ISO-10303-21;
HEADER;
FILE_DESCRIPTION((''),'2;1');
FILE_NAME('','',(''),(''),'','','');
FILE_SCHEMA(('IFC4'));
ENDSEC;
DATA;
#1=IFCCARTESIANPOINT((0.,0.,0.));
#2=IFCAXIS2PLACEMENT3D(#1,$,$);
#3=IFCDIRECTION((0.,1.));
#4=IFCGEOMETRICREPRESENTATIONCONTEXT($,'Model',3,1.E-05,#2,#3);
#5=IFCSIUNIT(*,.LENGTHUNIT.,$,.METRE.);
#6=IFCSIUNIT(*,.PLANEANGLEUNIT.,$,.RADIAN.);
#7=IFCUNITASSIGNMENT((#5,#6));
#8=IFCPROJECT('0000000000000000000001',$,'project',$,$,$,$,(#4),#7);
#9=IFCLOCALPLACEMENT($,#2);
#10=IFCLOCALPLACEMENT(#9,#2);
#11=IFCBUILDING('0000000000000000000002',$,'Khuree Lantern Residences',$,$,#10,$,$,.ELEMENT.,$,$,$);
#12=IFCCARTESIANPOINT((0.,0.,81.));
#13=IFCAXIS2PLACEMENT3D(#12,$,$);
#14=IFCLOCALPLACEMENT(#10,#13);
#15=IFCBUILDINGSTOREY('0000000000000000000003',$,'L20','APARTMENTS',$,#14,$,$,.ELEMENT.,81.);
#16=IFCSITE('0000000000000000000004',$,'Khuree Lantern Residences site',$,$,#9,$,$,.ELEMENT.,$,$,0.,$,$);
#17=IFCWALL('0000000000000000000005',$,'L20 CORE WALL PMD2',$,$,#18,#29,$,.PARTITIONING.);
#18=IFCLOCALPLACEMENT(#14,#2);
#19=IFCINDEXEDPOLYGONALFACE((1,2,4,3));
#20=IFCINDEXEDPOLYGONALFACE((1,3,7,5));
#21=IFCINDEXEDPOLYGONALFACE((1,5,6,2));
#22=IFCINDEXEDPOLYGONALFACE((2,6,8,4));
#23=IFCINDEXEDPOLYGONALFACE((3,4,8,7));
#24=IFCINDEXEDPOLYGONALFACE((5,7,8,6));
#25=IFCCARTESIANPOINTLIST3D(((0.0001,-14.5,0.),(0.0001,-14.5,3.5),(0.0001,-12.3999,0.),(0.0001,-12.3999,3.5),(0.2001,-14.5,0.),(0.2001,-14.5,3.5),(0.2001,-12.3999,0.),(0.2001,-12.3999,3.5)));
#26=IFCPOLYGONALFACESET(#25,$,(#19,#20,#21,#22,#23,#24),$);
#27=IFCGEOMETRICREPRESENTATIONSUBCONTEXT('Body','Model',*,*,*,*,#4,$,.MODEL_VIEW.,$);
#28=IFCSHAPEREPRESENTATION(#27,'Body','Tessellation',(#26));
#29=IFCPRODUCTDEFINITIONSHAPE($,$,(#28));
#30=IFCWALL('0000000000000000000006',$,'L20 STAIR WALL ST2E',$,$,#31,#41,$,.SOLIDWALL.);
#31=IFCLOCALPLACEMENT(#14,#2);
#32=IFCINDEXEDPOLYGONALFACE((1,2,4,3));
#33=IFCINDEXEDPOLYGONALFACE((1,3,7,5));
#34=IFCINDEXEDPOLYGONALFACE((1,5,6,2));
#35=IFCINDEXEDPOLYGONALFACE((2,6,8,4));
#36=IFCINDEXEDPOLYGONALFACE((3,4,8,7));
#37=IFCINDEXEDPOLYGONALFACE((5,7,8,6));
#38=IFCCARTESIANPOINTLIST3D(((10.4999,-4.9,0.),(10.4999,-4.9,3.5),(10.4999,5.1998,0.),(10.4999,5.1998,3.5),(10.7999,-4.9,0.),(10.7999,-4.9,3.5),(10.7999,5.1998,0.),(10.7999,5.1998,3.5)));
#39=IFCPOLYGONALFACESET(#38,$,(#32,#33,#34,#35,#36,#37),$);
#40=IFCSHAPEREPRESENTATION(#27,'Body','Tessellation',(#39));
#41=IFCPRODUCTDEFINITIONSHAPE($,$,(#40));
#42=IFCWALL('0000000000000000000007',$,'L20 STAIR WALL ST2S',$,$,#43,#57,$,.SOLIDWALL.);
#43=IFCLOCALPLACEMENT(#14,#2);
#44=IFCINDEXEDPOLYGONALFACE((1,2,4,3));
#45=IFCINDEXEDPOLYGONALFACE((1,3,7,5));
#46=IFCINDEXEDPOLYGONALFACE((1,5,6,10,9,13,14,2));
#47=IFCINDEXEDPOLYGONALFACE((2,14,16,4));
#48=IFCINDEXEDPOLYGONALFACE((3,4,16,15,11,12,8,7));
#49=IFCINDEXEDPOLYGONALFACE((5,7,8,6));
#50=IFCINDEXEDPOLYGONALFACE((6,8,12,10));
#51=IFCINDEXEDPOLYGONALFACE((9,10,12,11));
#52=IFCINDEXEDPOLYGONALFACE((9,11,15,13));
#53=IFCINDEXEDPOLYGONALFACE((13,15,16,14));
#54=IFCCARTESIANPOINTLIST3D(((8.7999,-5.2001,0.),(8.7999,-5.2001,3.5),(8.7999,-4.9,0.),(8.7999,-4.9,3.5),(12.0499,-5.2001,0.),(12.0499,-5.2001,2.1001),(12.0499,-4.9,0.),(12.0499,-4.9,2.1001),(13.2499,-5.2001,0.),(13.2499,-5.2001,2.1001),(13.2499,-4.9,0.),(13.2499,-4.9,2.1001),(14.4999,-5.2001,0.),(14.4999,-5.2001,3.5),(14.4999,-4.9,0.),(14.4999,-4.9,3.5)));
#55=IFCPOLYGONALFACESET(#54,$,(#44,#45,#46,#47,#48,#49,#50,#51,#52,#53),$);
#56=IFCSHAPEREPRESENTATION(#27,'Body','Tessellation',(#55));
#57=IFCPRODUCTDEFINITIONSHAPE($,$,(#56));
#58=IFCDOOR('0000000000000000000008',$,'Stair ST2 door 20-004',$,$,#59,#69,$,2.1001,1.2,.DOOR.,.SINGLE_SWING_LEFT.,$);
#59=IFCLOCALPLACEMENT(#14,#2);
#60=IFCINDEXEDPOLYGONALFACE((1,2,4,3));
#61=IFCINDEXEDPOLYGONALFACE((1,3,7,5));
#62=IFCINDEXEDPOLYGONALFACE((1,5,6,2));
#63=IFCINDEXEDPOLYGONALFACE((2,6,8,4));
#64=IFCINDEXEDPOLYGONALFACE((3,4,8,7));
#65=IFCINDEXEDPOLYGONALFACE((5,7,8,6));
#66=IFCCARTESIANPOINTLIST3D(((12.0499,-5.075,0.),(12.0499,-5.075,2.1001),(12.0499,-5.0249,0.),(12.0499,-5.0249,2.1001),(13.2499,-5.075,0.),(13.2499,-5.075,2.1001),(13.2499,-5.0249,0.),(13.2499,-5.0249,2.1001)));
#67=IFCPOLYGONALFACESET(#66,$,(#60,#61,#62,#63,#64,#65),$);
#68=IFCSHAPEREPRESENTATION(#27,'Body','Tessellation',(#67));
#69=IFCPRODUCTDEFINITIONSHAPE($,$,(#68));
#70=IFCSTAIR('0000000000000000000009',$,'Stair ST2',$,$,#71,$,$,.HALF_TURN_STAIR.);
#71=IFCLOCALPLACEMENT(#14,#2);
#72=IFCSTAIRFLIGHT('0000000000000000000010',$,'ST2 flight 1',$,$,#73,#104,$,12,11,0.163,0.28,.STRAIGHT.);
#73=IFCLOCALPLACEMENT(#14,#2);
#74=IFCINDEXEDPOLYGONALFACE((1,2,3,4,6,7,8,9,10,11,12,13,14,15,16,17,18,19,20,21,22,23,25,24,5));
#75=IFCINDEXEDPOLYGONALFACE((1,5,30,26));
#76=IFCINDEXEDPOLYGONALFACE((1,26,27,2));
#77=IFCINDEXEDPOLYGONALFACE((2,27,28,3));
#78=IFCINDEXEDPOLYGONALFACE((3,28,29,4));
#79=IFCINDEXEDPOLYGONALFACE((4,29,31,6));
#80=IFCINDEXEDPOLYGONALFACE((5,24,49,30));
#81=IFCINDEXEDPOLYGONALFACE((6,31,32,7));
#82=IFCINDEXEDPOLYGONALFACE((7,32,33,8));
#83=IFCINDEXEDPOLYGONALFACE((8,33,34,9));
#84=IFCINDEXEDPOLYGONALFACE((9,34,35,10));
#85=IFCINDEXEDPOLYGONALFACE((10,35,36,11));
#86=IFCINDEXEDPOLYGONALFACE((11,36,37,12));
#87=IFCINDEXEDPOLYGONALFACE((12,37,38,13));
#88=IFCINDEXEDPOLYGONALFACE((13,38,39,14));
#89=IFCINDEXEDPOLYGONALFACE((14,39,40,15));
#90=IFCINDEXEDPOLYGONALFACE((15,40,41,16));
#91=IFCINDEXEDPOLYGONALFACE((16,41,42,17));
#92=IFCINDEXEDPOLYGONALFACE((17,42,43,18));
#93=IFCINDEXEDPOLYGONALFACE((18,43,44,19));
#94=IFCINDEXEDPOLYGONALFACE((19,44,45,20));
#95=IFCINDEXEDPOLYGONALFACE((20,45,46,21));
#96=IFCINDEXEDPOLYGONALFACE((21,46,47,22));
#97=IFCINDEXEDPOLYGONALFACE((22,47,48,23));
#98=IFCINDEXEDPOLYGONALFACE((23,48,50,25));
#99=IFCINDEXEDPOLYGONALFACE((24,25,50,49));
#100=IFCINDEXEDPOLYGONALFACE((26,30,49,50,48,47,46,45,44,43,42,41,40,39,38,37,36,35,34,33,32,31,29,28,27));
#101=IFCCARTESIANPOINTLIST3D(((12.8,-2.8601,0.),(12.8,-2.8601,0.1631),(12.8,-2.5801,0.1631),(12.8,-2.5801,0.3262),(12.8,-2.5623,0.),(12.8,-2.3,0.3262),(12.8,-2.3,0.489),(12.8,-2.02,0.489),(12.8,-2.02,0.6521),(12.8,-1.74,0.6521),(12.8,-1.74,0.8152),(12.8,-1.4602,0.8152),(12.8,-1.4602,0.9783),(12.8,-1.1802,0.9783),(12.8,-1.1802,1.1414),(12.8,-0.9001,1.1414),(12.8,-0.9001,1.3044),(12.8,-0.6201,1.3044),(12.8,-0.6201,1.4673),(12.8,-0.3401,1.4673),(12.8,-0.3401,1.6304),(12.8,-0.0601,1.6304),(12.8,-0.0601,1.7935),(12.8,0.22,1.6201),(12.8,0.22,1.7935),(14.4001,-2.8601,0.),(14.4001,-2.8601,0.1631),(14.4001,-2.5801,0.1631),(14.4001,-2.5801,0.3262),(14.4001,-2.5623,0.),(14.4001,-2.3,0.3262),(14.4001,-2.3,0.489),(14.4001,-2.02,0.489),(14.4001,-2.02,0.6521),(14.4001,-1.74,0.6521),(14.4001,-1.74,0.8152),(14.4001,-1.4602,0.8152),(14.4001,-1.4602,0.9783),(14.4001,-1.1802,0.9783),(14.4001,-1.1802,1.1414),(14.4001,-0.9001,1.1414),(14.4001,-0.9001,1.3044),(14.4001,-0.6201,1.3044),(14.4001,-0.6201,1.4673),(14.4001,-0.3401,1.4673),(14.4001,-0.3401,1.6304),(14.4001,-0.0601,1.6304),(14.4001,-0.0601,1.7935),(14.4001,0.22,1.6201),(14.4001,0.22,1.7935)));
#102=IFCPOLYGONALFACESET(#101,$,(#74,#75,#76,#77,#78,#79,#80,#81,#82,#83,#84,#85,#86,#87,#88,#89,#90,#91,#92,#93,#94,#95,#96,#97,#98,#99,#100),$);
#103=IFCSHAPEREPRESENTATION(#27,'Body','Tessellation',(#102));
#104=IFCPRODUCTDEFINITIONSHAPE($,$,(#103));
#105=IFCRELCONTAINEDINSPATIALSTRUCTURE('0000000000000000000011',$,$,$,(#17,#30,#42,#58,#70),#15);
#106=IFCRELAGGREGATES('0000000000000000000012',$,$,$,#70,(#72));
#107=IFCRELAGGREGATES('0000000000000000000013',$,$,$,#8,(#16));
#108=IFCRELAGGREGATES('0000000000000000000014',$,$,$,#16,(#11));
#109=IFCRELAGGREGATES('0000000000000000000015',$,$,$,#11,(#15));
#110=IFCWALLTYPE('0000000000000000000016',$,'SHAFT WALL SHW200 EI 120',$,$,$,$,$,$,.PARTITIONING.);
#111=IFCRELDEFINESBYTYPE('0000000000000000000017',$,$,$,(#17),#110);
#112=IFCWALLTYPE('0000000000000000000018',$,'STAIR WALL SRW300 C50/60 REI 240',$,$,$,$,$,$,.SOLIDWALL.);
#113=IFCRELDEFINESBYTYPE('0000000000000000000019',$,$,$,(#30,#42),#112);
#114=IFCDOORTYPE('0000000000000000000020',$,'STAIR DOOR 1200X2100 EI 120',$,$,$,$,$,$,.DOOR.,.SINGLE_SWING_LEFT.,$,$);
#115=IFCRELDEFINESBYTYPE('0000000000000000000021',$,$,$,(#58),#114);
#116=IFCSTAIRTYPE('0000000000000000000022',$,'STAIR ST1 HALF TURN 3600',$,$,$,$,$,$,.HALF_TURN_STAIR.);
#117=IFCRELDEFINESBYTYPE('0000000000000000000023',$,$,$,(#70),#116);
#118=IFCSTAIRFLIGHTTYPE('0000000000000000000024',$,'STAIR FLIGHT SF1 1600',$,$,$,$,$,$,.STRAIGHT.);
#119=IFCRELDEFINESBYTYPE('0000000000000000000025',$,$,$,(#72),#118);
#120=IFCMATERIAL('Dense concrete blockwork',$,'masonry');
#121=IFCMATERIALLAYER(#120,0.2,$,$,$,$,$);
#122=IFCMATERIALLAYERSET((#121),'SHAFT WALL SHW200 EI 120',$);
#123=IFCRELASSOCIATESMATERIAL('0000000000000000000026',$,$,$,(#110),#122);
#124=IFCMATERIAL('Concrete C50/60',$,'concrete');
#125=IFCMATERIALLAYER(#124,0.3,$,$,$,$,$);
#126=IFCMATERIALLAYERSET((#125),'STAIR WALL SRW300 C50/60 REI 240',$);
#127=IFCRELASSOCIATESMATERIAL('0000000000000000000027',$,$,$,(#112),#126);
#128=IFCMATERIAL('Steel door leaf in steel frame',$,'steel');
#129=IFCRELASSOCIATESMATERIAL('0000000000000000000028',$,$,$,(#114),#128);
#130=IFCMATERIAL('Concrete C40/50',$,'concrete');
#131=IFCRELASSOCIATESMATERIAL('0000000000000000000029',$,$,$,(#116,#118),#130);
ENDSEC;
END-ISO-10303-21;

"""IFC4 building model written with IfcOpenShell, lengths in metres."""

from ifc_helpers import new_model, si_unit, direction, frame, frame_2d, origin, place, context, subcontext, project, spatial, polyline, rectangle, outline, extrude, material, layer, layer_set, type_object, element, fill, aggregate, save


model = new_model("IFC4")

# Units and contexts
model_context = context("Model", 3, precision=1e-05, world=origin(), true_north=direction((0.0, 1.0)))
body_context = subcontext(model_context, "Body", "Model", "MODEL_VIEW")
ifc_project = project(units=[si_unit("LENGTHUNIT", "METRE"), si_unit("PLANEANGLEUNIT", "RADIAN")], contexts=[model_context])

# Site, building, storey
site_placement = place(None, origin())
site = spatial("IfcSite", under=ifc_project, at=site_placement, Name="Khuree Lantern Residences site", CompositionType="ELEMENT", RefElevation=0.0)
building_placement = place(site_placement, origin())
building = spatial("IfcBuilding", under=site, at=building_placement, Name="Khuree Lantern Residences", CompositionType="ELEMENT")
storey_placement = place(building_placement, frame((0.0, 0.0, 81.0)))
storey = spatial("IfcBuildingStorey", under=building, at=storey_placement, Name="L20", Description="APARTMENTS", CompositionType="ELEMENT", Elevation=81.0)

# Shared definitions
ifc_material_1 = material(Name="Dense concrete blockwork", Category="masonry")

# Shared definitions
ifc_material_2 = material(Name="Steel door leaf in steel frame", Category="steel")

# Walls
ifc_layer_1 = layer(ifc_material_1, 0.2)
ifc_layer_set_1 = layer_set([ifc_layer_1], Name="SHAFT WALL SHW200 EI 120")
wall_type_1 = type_object("IfcWallType", Name="SHAFT WALL SHW200 EI 120", PredefinedType="PARTITIONING", material=ifc_layer_set_1)
wall_1_placement = place(storey_placement, frame((0.1001, -14.5, 0.0), z_axis=(0.0, 0.0, 1.0), x_axis=(0.0, 1.0, 0.0)))
element("IfcWall", 1, at=wall_1_placement, inside=storey, type_object=wall_type_1, Name="L20 CORE WALL PMD2", PredefinedType="PARTITIONING", context=body_context, shape_type="SweptSolid", body=[
    extrude(rectangle(XDim=2.1001, YDim=0.2, at=frame_2d((1.05, 0.0))), origin(), (0.0, 0.0, 1.0), 3.5),
])
ifc_material_3 = material(Name="Concrete C50/60", Category="concrete")
ifc_layer_2 = layer(ifc_material_3, 0.3)
ifc_layer_set_2 = layer_set([ifc_layer_2], Name="STAIR WALL SRW300 C50/60 REI 240")
wall_type_2 = type_object("IfcWallType", Name="STAIR WALL SRW300 C50/60 REI 240", PredefinedType="SOLIDWALL", material=ifc_layer_set_2)
wall_2_placement = place(storey_placement, frame((10.6499, -4.8999, 0.0), z_axis=(0.0, 0.0, 1.0), x_axis=(0.0, 1.0, 0.0)))
element("IfcWall", 2, at=wall_2_placement, inside=storey, type_object=wall_type_2, Name="L20 STAIR WALL ST2E", PredefinedType="SOLIDWALL", context=body_context, shape_type="SweptSolid", body=[
    extrude(rectangle(XDim=10.0999, YDim=0.3, at=frame_2d((5.0498, 0.0))), origin(), (0.0, 0.0, 1.0), 3.5),
])

# Wall, opening, door
wall_3_placement = place(storey_placement, frame((14.5, -5.05, 0.0), z_axis=(0.0, 0.0, 1.0), x_axis=(-1.0, 0.0, 0.0)))
wall_3 = element("IfcWall", 3, at=wall_3_placement, inside=storey, type_object=wall_type_2, Name="L20 STAIR WALL ST2S", PredefinedType="SOLIDWALL", context=body_context, shape_type="SweptSolid", body=[
    extrude(rectangle(XDim=5.7, YDim=0.3, at=frame_2d((2.8501, 0.0))), origin(), (0.0, 0.0, 1.0), 3.5),
])
opening_1_placement = place(wall_3_placement, frame((1.25, 0.0, 0.0)))
opening_1 = element("IfcOpeningElement", 4, at=opening_1_placement, cuts=wall_3, PredefinedType="OPENING", context=body_context, shape_type="SweptSolid", body=[
    extrude(rectangle(XDim=1.2, YDim=2.1001, at=frame_2d((0.6001, 1.05))), frame((0.0, 0.1602, 0.0), z_axis=(0.0, -1.0, 0.0), x_axis=(1.0, 0.0, 0.0)), (0.0, 0.0, 1.0), 0.3201),
])
door_type_1 = type_object("IfcDoorType", Name="STAIR DOOR 1200X2100 EI 120", OperationType="SINGLE_SWING_LEFT", PredefinedType="DOOR", material=ifc_material_2)
door_1_placement = place(opening_1_placement, origin())
door_1 = element("IfcDoor", 5, at=door_1_placement, inside=storey, type_object=door_type_1, Name="Stair ST2 door 20-004", OperationType="SINGLE_SWING_LEFT", OverallHeight=2.1001, OverallWidth=1.2, PredefinedType="DOOR", context=body_context, shape_type="SweptSolid", body=[
    extrude(rectangle(XDim=1.2, YDim=2.1001, at=frame_2d((0.6001, 1.05))), frame((0.0, 0.0249, 0.0), z_axis=(0.0, -1.0, 0.0), x_axis=(1.0, 0.0, 0.0)), (0.0, 0.0, 1.0), 0.05),
])
fill(opening_1, door_1)

# Stair, stair flight
ifc_material_4 = material(Name="Concrete C40/50", Category="concrete")
stair_type = type_object("IfcStairType", Name="STAIR ST1 HALF TURN 3600", PredefinedType="HALF_TURN_STAIR", material=ifc_material_4)
stair_placement = place(storey_placement, origin())
stair = element("IfcStair", 6, at=stair_placement, inside=storey, type_object=stair_type, Name="Stair ST2", PredefinedType="HALF_TURN_STAIR")
stair_flight_type = type_object("IfcStairFlightType", Name="STAIR FLIGHT SF1 1600", PredefinedType="STRAIGHT", material=ifc_material_4)
stair_flight_placement = place(storey_placement, frame((13.6001, -2.8601, 0.0), z_axis=(0.0, 0.0, 1.0), x_axis=(0.0, 1.0, 0.0)))
stair_flight = element("IfcStairFlight", 7, at=stair_flight_placement, type_object=stair_flight_type, Name="ST2 flight 1", NumberOfRisers=12, NumberOfTreads=11, PredefinedType="STRAIGHT", RiserHeight=0.163, TreadLength=0.28, context=body_context, shape_type="SweptSolid", body=[
    extrude(outline(polyline([(0.0, 0.0), (0.0, 0.1631), (0.28, 0.1631), (0.28, 0.3262), (0.5601, 0.3262), (0.5601, 0.489), (0.8401, 0.489), (0.8401, 0.6521), (1.1201, 0.6521), (1.1201, 0.8152), (1.3999, 0.8152), (1.3999, 0.9783), (1.6799, 0.9783), (1.6799, 1.1414), (1.96, 1.1414), (1.96, 1.3044), (2.24, 1.3044), (2.24, 1.4673), (2.52, 1.4673), (2.52, 1.6304), (2.8, 1.6304), (2.8, 1.7935), (3.0801, 1.7935), (3.0801, 1.9565), (3.0801, 1.6201), (0.2979, 0.0), (0.0, 0.0)])), frame((0.0, 0.8, 0.0), z_axis=(0.0, -1.0, 0.0), x_axis=(1.0, 0.0, 0.0)), (0.0, 0.0, 1.0), 1.6001),
])
aggregate(stair, [stair_flight])

save(model, "model.ifc")
